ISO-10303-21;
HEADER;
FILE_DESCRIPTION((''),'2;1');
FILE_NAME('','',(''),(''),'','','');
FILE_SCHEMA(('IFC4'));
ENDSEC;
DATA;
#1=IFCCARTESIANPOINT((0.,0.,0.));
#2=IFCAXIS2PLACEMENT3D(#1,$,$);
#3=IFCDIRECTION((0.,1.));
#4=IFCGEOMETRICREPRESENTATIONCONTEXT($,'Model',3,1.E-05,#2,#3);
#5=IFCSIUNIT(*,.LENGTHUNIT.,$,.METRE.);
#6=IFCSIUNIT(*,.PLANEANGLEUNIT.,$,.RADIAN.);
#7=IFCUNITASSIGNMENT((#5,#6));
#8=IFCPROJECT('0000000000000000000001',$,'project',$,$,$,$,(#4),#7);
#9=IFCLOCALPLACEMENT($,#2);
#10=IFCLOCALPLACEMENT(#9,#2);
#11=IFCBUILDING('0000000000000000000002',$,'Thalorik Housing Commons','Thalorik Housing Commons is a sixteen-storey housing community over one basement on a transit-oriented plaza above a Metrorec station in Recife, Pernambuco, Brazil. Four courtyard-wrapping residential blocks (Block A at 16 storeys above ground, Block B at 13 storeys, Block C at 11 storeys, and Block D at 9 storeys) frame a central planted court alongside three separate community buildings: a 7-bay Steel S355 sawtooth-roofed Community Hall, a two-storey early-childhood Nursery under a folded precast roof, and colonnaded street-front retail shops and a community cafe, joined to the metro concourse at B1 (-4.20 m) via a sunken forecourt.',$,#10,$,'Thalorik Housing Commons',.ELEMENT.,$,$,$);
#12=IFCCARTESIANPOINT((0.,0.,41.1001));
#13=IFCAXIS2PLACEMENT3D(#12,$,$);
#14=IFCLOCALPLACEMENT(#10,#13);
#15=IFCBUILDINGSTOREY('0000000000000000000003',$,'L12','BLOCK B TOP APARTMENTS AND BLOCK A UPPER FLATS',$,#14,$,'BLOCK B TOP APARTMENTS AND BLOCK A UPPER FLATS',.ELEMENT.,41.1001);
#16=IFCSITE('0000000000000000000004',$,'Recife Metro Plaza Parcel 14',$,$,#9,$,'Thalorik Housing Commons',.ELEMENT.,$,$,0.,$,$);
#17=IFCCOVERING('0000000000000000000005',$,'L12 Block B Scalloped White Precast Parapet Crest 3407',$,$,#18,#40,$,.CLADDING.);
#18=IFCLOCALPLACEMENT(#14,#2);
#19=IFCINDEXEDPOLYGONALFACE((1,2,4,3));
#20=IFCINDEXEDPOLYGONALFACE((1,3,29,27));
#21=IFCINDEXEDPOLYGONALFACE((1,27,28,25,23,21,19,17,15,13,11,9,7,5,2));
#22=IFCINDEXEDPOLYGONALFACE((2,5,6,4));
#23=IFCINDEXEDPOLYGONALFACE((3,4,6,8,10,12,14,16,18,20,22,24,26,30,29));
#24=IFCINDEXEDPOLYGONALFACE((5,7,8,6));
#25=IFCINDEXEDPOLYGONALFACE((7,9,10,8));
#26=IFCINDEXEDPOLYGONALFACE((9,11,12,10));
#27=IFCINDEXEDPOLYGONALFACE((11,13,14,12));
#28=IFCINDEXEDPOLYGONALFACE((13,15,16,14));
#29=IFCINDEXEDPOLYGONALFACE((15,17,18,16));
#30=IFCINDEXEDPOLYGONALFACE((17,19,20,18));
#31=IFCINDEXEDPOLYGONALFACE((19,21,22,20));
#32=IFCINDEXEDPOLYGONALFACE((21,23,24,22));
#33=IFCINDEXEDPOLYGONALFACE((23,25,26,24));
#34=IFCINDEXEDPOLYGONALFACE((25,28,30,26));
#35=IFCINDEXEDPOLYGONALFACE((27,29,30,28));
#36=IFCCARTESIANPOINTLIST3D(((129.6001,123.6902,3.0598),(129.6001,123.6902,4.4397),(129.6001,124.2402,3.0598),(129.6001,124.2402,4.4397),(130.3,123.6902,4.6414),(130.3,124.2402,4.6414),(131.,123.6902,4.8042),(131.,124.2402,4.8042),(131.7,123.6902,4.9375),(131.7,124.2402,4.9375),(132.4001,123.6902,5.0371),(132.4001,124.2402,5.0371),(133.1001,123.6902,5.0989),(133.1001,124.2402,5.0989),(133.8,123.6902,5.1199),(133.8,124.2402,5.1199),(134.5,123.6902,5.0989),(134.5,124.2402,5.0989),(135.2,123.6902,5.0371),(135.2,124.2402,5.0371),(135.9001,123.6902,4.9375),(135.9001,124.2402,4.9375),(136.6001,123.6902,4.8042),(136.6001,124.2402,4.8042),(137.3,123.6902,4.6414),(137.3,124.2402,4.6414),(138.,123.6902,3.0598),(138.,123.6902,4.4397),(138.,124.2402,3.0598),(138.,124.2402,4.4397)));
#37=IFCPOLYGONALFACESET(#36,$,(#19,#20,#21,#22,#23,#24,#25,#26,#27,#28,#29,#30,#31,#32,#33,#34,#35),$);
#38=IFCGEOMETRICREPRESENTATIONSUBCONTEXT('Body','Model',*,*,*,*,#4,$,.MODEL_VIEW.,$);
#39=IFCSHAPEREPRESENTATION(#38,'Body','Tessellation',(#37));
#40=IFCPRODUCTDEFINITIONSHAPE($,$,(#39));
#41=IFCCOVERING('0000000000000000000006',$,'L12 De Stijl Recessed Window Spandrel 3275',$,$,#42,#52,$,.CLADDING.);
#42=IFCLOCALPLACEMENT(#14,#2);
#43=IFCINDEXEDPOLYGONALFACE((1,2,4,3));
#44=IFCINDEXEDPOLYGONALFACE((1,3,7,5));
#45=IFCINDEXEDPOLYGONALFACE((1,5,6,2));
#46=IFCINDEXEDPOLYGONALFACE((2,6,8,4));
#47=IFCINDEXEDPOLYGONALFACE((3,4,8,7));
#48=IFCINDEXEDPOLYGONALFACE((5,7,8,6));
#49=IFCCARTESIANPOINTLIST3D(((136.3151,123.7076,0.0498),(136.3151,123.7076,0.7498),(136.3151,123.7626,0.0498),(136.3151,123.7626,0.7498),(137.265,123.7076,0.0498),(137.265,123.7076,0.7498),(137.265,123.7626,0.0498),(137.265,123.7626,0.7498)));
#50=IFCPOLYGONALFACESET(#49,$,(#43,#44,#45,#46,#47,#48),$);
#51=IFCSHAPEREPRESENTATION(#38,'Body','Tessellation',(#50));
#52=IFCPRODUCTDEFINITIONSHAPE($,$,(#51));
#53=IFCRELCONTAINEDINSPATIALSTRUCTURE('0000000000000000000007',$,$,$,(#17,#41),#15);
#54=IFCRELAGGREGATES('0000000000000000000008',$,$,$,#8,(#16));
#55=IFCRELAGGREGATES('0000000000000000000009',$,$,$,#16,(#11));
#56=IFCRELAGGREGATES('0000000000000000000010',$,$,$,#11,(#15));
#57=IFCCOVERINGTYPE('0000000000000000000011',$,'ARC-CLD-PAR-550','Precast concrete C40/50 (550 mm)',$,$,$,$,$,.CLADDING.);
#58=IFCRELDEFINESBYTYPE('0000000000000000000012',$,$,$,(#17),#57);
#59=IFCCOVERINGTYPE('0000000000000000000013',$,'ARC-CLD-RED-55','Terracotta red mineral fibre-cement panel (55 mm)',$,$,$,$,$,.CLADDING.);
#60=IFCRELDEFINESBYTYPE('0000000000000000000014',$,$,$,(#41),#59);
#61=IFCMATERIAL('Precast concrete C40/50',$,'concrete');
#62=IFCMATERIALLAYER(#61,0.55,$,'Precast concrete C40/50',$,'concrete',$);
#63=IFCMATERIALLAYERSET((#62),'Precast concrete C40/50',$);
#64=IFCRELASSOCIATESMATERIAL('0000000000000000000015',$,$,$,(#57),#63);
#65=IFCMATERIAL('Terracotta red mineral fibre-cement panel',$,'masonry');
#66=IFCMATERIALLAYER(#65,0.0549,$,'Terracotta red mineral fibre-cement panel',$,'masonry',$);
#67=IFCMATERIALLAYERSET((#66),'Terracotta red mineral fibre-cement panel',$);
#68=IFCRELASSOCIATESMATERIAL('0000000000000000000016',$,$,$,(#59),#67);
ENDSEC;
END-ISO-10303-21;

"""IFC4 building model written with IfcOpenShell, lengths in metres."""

from ifc_helpers import new_model, si_unit, direction, frame, origin, origin_2d, place, context, subcontext, project, spatial, polyline, rectangle, outline, extrude, material, layer, layer_set, type_object, element, save


model = new_model("IFC4")

# Units and contexts
model_context = context("Model", 3, precision=1e-05, world=origin(), true_north=direction((0.0, 1.0)))
body_context = subcontext(model_context, "Body", "Model", "MODEL_VIEW")
ifc_project = project(units=[si_unit("LENGTHUNIT", "METRE"), si_unit("PLANEANGLEUNIT", "RADIAN")], contexts=[model_context])

# Site, building, storey
site_placement = place(None, origin())
site = spatial("IfcSite", under=ifc_project, at=site_placement, Name="Recife Metro Plaza Parcel 14", LongName="Thalorik Housing Commons", CompositionType="ELEMENT", RefElevation=0.0)
building_placement = place(site_placement, origin())
building = spatial("IfcBuilding", under=site, at=building_placement, Name="Thalorik Housing Commons", Description="Thalorik Housing Commons is a sixteen-storey housing community over one basement on a transit-oriented plaza above a Metrorec station in Recife, Pernambuco, Brazil. Four courtyard-wrapping residential blocks (Block A at 16 storeys above ground, Block B at 13 storeys, Block C at 11 storeys, and Block D at 9 storeys) frame a central planted court alongside three separate community buildings: a 7-bay Steel S355 sawtooth-roofed Community Hall, a two-storey early-childhood Nursery under a folded precast roof, and colonnaded street-front retail shops and a community cafe, joined to the metro concourse at B1 (-4.20 m) via a sunken forecourt.", LongName="Thalorik Housing Commons", CompositionType="ELEMENT")
storey_placement = place(building_placement, frame((0.0, 0.0, 41.1001)))
storey = spatial("IfcBuildingStorey", under=building, at=storey_placement, Name="L12", Description="BLOCK B TOP APARTMENTS AND BLOCK A UPPER FLATS", LongName="BLOCK B TOP APARTMENTS AND BLOCK A UPPER FLATS", CompositionType="ELEMENT", Elevation=41.1001)

# Shared definitions
ifc_material_1 = material(Name="Precast concrete C40/50", Category="concrete")

# Coverings
ifc_layer_1 = layer(ifc_material_1, 0.55, Name="Precast concrete C40/50", Category="concrete")
ifc_layer_set_1 = layer_set([ifc_layer_1], Name="Precast concrete C40/50")
covering_type_1 = type_object("IfcCoveringType", Name="ARC-CLD-PAR-550", Description="Precast concrete C40/50 (550 mm)", PredefinedType="CLADDING", material=ifc_layer_set_1)
covering_1_placement = place(storey_placement, frame((133.8, 123.9651, 3.0598), z_axis=(0.0, 0.0, 1.0), x_axis=(-1.0, 0.0, 0.0)))
element("IfcCovering", 1, at=covering_1_placement, inside=storey, type_object=covering_type_1, Name="L12 Block B Scalloped White Precast Parapet Crest 3407", PredefinedType="CLADDING", context=body_context, shape_type="SweptSolid", body=[
    extrude(outline(polyline([(-4.2, 0.0), (4.2, 0.0), (4.2, 1.3799), (3.5, 1.5815), (2.8, 1.7444), (2.1001, 1.8777), (1.3999, 1.9773), (0.7, 2.0391), (0.0, 2.0601), (-0.7, 2.0391), (-1.3999, 1.9773), (-2.1001, 1.8777), (-2.8, 1.7444), (-3.5, 1.5815), (-4.2, 1.3799), (-4.2, 0.0)])), frame((0.0, 0.2749, 0.0), z_axis=(0.0, -1.0, 0.0), x_axis=(1.0, 0.0, 0.0)), (0.0, 0.0, 1.0), 0.55),
])
ifc_material_2 = material(Name="Terracotta red mineral fibre-cement panel", Category="masonry")
ifc_layer_2 = layer(ifc_material_2, 0.0549, Name="Terracotta red mineral fibre-cement panel", Category="masonry")
ifc_layer_set_2 = layer_set([ifc_layer_2], Name="Terracotta red mineral fibre-cement panel")
covering_type_2 = type_object("IfcCoveringType", Name="ARC-CLD-RED-55", Description="Terracotta red mineral fibre-cement panel (55 mm)", PredefinedType="CLADDING", material=ifc_layer_set_2)
covering_2_placement = place(storey_placement, frame((136.79, 123.7351, 0.0498), z_axis=(0.0, 0.0, 1.0), x_axis=(-1.0, 0.0, 0.0)))
element("IfcCovering", 2, at=covering_2_placement, inside=storey, type_object=covering_type_2, Name="L12 De Stijl Recessed Window Spandrel 3275", PredefinedType="CLADDING", context=body_context, shape_type="SweptSolid", body=[
    extrude(rectangle(XDim=0.95, YDim=0.0549, at=origin_2d()), origin(), (0.0, 0.0, 1.0), 0.7),
])

save(model, "model.ifc")
